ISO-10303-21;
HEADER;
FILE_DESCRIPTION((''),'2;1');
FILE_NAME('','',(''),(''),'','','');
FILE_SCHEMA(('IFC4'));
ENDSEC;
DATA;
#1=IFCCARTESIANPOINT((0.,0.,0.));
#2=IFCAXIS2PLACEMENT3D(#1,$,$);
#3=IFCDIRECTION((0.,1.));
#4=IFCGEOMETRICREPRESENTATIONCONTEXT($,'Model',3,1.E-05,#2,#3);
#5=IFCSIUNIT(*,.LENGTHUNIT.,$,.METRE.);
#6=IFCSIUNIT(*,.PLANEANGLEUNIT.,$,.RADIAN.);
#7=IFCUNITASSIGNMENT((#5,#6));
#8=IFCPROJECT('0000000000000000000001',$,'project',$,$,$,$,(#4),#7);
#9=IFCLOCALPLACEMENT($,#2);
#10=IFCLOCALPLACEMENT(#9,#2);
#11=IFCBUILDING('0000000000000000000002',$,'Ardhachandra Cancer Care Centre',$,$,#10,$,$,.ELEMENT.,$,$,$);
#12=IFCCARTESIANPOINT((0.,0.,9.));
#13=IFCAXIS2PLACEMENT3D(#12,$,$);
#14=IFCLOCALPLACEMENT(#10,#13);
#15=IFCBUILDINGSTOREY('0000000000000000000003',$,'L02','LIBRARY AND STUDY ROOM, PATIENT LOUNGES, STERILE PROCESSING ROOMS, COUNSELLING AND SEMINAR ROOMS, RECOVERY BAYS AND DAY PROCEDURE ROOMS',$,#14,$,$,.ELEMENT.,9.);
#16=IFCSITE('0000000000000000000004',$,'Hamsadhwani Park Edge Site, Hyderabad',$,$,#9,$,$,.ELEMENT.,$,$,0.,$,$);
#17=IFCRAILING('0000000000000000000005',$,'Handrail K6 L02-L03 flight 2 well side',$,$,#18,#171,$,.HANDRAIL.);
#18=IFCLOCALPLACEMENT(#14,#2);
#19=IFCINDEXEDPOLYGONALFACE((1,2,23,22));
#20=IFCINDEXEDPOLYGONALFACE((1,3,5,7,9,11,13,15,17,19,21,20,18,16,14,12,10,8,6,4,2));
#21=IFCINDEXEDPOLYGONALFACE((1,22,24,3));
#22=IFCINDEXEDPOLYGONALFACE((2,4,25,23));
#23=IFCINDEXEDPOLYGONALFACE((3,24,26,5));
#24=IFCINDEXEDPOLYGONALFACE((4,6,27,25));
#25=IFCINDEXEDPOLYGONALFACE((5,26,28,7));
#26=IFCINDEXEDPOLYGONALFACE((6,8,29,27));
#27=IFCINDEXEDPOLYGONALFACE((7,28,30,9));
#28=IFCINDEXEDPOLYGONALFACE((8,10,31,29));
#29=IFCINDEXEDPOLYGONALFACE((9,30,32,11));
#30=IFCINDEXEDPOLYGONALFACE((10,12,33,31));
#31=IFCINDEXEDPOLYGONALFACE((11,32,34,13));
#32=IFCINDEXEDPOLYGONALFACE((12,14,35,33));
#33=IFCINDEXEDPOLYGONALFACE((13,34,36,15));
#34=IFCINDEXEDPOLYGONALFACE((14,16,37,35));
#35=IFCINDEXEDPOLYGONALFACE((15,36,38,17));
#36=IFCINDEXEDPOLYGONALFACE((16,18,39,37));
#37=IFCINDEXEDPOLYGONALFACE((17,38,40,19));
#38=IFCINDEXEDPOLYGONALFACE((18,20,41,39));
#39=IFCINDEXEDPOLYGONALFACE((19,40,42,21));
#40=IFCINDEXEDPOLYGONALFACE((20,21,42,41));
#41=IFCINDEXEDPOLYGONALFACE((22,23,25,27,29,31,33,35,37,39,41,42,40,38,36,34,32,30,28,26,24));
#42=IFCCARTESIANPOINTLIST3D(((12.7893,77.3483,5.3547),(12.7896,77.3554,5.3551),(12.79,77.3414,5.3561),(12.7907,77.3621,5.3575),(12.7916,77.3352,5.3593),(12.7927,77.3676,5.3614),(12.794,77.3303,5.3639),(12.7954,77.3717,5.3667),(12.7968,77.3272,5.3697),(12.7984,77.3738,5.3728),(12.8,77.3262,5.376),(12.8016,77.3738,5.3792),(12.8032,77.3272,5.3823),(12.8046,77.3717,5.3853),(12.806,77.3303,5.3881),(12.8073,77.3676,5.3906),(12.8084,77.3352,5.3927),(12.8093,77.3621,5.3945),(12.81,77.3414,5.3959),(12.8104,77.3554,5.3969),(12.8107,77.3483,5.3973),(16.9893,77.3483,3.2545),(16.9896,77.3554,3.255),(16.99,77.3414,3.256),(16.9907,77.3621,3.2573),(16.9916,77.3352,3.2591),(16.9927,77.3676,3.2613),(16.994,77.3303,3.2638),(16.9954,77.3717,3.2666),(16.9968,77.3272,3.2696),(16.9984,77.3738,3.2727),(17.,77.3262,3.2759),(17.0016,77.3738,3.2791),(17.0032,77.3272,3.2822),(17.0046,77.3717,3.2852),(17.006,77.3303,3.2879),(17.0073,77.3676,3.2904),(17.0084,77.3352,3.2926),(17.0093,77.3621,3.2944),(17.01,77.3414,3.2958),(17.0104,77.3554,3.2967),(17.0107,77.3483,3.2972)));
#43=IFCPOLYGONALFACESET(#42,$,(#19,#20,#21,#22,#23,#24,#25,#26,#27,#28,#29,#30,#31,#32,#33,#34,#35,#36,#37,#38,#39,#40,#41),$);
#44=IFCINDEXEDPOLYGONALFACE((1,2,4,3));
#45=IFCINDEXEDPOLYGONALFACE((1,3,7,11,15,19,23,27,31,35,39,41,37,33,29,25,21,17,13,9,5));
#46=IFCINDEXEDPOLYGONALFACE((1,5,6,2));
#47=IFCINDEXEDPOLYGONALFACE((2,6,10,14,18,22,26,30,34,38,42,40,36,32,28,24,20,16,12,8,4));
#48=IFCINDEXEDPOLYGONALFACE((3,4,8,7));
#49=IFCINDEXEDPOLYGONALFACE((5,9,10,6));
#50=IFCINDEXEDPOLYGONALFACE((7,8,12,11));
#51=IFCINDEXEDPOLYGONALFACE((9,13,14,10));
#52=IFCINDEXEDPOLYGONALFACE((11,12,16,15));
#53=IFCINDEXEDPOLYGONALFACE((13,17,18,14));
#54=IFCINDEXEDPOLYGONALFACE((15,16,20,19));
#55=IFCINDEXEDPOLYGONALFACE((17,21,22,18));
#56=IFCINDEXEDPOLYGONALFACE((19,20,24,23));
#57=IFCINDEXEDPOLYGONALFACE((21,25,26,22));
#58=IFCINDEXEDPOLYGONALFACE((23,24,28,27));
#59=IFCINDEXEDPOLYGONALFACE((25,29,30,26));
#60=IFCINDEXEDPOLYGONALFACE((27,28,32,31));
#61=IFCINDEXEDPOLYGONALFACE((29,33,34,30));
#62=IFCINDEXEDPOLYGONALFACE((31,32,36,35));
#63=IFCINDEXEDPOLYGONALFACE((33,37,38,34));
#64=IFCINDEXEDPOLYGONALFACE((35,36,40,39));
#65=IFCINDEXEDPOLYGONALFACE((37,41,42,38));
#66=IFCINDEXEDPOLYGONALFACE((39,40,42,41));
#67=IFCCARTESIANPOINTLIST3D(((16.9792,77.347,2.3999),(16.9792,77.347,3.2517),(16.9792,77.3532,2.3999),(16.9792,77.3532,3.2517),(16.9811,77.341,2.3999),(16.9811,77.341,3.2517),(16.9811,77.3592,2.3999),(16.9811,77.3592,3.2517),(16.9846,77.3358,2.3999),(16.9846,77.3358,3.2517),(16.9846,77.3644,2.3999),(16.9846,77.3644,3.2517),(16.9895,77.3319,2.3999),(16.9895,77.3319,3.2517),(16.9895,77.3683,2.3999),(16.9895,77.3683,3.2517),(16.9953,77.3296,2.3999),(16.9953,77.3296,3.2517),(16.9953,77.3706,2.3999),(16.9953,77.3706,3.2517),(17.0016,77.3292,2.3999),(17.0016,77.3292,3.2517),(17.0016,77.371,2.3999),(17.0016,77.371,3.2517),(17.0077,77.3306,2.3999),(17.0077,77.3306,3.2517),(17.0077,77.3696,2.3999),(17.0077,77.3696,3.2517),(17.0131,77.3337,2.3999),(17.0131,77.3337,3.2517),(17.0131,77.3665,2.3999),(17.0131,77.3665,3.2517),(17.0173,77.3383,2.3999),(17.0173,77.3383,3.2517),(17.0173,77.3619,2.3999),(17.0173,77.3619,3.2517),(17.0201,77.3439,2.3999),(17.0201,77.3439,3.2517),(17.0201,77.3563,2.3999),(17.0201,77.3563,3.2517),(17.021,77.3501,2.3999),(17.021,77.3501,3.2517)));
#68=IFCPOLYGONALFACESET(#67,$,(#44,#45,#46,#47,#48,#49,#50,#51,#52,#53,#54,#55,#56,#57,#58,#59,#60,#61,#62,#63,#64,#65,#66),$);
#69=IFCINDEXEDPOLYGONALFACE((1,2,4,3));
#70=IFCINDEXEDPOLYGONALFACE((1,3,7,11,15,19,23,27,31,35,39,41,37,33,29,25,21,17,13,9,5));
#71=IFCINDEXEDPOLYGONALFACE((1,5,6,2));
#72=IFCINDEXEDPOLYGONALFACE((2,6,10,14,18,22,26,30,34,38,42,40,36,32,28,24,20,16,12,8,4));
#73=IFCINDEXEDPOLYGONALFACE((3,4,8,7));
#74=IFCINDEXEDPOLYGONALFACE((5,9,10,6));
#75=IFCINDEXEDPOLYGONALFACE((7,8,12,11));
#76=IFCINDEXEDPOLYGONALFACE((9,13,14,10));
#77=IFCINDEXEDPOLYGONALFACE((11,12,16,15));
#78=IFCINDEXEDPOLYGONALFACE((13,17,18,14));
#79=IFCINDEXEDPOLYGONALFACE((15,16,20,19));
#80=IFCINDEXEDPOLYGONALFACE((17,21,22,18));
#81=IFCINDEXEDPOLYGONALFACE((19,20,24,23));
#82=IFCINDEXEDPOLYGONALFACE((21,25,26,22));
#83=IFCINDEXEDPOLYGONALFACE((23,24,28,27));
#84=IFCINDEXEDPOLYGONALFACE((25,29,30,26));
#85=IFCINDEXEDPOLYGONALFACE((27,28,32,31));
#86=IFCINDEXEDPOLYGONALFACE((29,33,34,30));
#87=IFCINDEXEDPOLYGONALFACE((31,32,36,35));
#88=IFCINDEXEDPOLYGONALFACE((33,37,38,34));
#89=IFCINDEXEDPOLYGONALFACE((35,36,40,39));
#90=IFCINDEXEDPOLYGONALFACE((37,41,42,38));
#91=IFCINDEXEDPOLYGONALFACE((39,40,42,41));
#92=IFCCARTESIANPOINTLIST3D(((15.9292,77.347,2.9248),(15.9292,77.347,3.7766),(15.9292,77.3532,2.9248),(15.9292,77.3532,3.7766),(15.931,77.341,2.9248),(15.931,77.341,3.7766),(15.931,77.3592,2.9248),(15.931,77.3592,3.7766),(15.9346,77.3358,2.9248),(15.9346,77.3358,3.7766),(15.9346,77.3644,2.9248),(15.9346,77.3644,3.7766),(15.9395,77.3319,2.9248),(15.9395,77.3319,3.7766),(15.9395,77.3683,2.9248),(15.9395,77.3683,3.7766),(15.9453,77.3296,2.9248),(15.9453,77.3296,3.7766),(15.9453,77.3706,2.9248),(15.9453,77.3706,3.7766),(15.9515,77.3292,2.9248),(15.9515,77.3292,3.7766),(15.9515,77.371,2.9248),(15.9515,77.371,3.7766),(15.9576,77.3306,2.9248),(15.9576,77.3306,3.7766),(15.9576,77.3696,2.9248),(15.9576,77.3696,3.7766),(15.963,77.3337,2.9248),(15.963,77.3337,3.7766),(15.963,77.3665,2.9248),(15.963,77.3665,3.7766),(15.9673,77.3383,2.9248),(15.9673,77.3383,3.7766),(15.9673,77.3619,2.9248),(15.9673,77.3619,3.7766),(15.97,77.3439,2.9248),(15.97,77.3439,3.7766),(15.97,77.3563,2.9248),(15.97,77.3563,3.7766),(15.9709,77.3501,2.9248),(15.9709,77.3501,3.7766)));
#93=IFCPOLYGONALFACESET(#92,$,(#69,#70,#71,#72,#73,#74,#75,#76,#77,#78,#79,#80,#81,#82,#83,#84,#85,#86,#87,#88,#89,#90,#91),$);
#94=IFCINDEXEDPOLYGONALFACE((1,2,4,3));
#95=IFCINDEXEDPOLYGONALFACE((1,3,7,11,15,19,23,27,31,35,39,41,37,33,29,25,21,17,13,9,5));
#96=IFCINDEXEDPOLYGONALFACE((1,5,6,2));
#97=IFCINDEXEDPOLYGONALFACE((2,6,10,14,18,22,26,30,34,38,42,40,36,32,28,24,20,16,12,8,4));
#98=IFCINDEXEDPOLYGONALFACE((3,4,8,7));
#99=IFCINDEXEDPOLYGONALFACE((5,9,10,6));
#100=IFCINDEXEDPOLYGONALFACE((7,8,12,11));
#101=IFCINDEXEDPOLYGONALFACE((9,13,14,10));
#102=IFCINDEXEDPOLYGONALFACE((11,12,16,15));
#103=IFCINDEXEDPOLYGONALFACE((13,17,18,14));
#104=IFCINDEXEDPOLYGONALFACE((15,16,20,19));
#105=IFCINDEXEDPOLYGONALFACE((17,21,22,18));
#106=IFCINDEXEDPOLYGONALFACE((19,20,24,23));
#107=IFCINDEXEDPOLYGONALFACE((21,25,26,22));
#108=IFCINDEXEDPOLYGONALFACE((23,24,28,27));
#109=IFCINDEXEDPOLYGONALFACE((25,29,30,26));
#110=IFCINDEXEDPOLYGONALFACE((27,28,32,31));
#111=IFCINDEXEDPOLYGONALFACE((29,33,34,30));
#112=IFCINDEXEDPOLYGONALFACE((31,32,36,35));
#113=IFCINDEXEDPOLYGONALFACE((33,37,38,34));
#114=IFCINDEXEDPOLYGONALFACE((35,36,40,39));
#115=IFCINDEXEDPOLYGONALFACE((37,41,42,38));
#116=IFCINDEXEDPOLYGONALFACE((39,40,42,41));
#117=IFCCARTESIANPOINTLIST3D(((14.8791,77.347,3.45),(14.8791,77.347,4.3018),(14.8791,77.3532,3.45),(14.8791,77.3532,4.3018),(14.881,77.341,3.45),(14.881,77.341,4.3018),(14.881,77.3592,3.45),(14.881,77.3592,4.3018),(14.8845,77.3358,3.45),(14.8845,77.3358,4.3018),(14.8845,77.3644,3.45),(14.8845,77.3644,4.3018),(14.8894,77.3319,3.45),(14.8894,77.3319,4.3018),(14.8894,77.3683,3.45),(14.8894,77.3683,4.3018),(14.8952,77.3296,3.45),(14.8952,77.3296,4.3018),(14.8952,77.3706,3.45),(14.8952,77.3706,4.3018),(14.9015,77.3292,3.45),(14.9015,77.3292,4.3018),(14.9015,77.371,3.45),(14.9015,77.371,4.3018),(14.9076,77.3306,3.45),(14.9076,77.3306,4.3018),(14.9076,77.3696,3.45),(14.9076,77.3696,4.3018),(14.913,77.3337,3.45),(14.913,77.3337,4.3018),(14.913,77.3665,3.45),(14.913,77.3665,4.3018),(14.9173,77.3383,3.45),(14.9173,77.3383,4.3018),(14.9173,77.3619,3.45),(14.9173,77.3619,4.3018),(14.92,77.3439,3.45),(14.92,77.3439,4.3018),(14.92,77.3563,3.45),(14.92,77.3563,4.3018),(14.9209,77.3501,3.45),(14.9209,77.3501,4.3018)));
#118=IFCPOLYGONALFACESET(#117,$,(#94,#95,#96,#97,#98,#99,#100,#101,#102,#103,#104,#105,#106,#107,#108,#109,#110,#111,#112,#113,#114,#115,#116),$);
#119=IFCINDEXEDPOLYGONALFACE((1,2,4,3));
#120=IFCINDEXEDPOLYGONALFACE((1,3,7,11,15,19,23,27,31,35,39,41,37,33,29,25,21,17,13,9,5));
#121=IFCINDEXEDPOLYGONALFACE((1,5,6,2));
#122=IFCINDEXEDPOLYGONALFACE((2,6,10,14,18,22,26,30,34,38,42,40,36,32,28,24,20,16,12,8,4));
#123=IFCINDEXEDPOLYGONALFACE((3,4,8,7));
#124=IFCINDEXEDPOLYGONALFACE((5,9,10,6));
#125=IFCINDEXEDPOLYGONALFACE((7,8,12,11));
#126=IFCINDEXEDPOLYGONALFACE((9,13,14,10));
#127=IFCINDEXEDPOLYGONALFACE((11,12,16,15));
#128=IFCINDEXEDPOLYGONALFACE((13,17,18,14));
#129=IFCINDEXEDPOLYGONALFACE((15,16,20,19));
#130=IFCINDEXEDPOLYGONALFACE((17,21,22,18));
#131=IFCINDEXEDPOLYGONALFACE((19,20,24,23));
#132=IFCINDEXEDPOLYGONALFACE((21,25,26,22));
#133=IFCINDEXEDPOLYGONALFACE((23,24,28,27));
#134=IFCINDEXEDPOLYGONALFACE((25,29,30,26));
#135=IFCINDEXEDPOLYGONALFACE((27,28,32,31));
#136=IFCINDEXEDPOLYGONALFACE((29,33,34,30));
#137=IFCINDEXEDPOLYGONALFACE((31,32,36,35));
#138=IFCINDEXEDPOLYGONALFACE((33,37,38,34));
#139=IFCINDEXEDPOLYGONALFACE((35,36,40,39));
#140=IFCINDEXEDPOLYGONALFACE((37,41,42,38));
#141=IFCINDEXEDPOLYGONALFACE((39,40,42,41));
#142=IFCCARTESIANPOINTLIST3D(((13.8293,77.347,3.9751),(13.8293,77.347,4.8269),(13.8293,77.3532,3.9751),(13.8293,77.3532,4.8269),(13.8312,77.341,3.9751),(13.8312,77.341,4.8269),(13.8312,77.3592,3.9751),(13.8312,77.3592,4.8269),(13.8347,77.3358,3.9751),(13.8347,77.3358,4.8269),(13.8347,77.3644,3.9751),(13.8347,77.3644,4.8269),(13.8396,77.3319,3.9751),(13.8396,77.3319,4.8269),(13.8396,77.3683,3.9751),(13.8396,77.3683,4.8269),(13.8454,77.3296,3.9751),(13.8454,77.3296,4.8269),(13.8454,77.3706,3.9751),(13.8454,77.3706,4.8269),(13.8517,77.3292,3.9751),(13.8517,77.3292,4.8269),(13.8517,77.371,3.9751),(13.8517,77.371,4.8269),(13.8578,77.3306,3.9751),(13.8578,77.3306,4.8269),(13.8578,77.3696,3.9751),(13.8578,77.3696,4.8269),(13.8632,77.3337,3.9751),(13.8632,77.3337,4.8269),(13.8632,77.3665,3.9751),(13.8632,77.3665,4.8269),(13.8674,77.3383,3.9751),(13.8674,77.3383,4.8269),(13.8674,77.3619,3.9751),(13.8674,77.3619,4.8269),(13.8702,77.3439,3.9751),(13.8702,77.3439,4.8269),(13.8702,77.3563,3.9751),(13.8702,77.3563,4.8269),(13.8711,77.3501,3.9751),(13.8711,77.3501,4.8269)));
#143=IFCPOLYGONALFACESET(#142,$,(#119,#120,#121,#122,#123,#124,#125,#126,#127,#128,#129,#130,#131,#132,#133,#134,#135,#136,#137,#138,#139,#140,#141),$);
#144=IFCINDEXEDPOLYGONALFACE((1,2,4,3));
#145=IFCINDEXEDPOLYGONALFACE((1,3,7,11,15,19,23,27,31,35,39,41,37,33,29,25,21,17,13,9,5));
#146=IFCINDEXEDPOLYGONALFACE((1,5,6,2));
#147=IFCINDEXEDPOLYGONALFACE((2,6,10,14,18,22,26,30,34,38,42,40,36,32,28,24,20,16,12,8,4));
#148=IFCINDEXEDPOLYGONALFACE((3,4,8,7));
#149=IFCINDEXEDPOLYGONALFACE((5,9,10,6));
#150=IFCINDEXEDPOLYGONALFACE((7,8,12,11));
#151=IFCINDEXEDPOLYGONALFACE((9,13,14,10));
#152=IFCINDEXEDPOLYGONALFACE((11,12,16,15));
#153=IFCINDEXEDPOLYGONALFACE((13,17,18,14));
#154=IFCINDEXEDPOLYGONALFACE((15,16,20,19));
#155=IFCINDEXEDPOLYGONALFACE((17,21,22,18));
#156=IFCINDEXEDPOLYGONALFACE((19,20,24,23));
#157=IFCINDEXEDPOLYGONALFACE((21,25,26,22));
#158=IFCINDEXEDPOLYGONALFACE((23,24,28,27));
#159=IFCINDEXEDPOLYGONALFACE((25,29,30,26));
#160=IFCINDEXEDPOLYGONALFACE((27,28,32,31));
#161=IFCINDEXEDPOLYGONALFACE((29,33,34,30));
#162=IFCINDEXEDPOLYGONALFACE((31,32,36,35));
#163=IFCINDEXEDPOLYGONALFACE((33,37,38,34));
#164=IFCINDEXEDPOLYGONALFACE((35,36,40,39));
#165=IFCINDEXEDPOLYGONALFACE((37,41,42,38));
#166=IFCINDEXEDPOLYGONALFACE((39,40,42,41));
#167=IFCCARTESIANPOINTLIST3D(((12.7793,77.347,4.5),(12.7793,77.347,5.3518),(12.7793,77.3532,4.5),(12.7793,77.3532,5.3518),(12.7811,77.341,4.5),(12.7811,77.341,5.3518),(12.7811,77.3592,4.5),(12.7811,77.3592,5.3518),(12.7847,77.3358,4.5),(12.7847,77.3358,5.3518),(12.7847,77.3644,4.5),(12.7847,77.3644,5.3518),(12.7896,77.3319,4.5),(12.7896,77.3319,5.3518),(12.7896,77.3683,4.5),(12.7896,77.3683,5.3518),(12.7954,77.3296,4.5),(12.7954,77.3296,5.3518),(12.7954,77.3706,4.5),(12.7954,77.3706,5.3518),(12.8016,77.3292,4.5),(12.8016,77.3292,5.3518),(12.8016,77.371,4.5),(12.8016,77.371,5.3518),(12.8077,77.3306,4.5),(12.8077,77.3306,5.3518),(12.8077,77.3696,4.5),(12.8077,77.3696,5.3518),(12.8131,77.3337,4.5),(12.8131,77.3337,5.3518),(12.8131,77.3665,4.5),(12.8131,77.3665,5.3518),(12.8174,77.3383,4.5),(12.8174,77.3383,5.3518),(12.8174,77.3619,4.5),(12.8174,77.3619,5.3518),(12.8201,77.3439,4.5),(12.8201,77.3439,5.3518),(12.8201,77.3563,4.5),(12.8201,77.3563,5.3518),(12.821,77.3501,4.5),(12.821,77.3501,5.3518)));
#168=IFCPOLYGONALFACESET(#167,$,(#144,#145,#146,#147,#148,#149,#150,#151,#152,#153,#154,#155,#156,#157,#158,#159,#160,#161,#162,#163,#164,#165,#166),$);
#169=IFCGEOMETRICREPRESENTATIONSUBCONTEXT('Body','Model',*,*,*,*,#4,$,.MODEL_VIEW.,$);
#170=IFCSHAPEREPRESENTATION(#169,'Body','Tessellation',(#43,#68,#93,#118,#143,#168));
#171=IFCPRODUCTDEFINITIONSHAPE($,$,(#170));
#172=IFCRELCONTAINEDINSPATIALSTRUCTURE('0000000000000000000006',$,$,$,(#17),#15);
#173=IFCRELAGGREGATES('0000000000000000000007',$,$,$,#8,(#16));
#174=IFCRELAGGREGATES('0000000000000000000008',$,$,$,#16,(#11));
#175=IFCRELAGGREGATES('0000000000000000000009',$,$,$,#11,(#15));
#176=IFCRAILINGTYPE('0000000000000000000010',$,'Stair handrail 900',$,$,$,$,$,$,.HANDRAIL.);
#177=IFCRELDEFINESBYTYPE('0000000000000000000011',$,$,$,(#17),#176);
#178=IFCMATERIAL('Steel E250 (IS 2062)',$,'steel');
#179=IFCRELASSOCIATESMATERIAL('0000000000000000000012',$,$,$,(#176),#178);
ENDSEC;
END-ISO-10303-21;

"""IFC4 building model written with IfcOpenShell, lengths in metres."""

from ifc_helpers import new_model, si_unit, direction, frame, origin, origin_2d, place, context, subcontext, project, spatial, circle, extrude, material, type_object, element, save


model = new_model("IFC4")

# Units and contexts
model_context = context("Model", 3, precision=1e-05, world=origin(), true_north=direction((0.0, 1.0)))
body_context = subcontext(model_context, "Body", "Model", "MODEL_VIEW")
ifc_project = project(units=[si_unit("LENGTHUNIT", "METRE"), si_unit("PLANEANGLEUNIT", "RADIAN")], contexts=[model_context])

# Site, building, storey
site_placement = place(None, origin())
site = spatial("IfcSite", under=ifc_project, at=site_placement, Name="Hamsadhwani Park Edge Site, Hyderabad", CompositionType="ELEMENT", RefElevation=0.0)
building_placement = place(site_placement, origin())
building = spatial("IfcBuilding", under=site, at=building_placement, Name="Ardhachandra Cancer Care Centre", CompositionType="ELEMENT")
storey_placement = place(building_placement, frame((0.0, 0.0, 9.0)))
storey = spatial("IfcBuildingStorey", under=building, at=storey_placement, Name="L02", Description="LIBRARY AND STUDY ROOM, PATIENT LOUNGES, STERILE PROCESSING ROOMS, COUNSELLING AND SEMINAR ROOMS, RECOVERY BAYS AND DAY PROCEDURE ROOMS", CompositionType="ELEMENT", Elevation=9.0)

# Railing
ifc_material_1 = material(Name="Steel E250 (IS 2062)", Category="steel")
railing_type_1 = type_object("IfcRailingType", Name="Stair handrail 900", PredefinedType="HANDRAIL", material=ifc_material_1)
for number, where, name in (
    (1, (17.0, 77.3501, 2.3999), "Handrail K6 L02-L03 flight 2 well side"),
):
    element("IfcRailing", number, at=place(storey_placement, frame(where)), inside=storey, type_object=railing_type_1, Name=name, PredefinedType="HANDRAIL", context=body_context, shape_type="SweptSolid", body=[
        extrude(circle(Radius=0.0239, at=origin_2d()), frame((0.0, 0.0, 0.876), z_axis=(-0.894417, 0.0, 0.447234), x_axis=(0.0, -1.0, 0.0)), (0.0, 0.0, 1.0), 4.6958),
        extrude(circle(Radius=0.021, at=origin_2d()), origin(), (0.0, 0.0, 1.0), 0.8518),
        extrude(circle(Radius=0.021, at=origin_2d()), frame((-1.05, 0.0, 0.5249)), (0.0, 0.0, 1.0), 0.8518),
        extrude(circle(Radius=0.021, at=origin_2d()), frame((-2.1001, 0.0, 1.05)), (0.0, 0.0, 1.0), 0.8518),
        extrude(circle(Radius=0.021, at=origin_2d()), frame((-3.1499, 0.0, 1.5752)), (0.0, 0.0, 1.0), 0.8518),
        extrude(circle(Radius=0.021, at=origin_2d()), frame((-4.2, 0.0, 2.1001)), (0.0, 0.0, 1.0), 0.8518),
    ])

save(model, "model.ifc")
